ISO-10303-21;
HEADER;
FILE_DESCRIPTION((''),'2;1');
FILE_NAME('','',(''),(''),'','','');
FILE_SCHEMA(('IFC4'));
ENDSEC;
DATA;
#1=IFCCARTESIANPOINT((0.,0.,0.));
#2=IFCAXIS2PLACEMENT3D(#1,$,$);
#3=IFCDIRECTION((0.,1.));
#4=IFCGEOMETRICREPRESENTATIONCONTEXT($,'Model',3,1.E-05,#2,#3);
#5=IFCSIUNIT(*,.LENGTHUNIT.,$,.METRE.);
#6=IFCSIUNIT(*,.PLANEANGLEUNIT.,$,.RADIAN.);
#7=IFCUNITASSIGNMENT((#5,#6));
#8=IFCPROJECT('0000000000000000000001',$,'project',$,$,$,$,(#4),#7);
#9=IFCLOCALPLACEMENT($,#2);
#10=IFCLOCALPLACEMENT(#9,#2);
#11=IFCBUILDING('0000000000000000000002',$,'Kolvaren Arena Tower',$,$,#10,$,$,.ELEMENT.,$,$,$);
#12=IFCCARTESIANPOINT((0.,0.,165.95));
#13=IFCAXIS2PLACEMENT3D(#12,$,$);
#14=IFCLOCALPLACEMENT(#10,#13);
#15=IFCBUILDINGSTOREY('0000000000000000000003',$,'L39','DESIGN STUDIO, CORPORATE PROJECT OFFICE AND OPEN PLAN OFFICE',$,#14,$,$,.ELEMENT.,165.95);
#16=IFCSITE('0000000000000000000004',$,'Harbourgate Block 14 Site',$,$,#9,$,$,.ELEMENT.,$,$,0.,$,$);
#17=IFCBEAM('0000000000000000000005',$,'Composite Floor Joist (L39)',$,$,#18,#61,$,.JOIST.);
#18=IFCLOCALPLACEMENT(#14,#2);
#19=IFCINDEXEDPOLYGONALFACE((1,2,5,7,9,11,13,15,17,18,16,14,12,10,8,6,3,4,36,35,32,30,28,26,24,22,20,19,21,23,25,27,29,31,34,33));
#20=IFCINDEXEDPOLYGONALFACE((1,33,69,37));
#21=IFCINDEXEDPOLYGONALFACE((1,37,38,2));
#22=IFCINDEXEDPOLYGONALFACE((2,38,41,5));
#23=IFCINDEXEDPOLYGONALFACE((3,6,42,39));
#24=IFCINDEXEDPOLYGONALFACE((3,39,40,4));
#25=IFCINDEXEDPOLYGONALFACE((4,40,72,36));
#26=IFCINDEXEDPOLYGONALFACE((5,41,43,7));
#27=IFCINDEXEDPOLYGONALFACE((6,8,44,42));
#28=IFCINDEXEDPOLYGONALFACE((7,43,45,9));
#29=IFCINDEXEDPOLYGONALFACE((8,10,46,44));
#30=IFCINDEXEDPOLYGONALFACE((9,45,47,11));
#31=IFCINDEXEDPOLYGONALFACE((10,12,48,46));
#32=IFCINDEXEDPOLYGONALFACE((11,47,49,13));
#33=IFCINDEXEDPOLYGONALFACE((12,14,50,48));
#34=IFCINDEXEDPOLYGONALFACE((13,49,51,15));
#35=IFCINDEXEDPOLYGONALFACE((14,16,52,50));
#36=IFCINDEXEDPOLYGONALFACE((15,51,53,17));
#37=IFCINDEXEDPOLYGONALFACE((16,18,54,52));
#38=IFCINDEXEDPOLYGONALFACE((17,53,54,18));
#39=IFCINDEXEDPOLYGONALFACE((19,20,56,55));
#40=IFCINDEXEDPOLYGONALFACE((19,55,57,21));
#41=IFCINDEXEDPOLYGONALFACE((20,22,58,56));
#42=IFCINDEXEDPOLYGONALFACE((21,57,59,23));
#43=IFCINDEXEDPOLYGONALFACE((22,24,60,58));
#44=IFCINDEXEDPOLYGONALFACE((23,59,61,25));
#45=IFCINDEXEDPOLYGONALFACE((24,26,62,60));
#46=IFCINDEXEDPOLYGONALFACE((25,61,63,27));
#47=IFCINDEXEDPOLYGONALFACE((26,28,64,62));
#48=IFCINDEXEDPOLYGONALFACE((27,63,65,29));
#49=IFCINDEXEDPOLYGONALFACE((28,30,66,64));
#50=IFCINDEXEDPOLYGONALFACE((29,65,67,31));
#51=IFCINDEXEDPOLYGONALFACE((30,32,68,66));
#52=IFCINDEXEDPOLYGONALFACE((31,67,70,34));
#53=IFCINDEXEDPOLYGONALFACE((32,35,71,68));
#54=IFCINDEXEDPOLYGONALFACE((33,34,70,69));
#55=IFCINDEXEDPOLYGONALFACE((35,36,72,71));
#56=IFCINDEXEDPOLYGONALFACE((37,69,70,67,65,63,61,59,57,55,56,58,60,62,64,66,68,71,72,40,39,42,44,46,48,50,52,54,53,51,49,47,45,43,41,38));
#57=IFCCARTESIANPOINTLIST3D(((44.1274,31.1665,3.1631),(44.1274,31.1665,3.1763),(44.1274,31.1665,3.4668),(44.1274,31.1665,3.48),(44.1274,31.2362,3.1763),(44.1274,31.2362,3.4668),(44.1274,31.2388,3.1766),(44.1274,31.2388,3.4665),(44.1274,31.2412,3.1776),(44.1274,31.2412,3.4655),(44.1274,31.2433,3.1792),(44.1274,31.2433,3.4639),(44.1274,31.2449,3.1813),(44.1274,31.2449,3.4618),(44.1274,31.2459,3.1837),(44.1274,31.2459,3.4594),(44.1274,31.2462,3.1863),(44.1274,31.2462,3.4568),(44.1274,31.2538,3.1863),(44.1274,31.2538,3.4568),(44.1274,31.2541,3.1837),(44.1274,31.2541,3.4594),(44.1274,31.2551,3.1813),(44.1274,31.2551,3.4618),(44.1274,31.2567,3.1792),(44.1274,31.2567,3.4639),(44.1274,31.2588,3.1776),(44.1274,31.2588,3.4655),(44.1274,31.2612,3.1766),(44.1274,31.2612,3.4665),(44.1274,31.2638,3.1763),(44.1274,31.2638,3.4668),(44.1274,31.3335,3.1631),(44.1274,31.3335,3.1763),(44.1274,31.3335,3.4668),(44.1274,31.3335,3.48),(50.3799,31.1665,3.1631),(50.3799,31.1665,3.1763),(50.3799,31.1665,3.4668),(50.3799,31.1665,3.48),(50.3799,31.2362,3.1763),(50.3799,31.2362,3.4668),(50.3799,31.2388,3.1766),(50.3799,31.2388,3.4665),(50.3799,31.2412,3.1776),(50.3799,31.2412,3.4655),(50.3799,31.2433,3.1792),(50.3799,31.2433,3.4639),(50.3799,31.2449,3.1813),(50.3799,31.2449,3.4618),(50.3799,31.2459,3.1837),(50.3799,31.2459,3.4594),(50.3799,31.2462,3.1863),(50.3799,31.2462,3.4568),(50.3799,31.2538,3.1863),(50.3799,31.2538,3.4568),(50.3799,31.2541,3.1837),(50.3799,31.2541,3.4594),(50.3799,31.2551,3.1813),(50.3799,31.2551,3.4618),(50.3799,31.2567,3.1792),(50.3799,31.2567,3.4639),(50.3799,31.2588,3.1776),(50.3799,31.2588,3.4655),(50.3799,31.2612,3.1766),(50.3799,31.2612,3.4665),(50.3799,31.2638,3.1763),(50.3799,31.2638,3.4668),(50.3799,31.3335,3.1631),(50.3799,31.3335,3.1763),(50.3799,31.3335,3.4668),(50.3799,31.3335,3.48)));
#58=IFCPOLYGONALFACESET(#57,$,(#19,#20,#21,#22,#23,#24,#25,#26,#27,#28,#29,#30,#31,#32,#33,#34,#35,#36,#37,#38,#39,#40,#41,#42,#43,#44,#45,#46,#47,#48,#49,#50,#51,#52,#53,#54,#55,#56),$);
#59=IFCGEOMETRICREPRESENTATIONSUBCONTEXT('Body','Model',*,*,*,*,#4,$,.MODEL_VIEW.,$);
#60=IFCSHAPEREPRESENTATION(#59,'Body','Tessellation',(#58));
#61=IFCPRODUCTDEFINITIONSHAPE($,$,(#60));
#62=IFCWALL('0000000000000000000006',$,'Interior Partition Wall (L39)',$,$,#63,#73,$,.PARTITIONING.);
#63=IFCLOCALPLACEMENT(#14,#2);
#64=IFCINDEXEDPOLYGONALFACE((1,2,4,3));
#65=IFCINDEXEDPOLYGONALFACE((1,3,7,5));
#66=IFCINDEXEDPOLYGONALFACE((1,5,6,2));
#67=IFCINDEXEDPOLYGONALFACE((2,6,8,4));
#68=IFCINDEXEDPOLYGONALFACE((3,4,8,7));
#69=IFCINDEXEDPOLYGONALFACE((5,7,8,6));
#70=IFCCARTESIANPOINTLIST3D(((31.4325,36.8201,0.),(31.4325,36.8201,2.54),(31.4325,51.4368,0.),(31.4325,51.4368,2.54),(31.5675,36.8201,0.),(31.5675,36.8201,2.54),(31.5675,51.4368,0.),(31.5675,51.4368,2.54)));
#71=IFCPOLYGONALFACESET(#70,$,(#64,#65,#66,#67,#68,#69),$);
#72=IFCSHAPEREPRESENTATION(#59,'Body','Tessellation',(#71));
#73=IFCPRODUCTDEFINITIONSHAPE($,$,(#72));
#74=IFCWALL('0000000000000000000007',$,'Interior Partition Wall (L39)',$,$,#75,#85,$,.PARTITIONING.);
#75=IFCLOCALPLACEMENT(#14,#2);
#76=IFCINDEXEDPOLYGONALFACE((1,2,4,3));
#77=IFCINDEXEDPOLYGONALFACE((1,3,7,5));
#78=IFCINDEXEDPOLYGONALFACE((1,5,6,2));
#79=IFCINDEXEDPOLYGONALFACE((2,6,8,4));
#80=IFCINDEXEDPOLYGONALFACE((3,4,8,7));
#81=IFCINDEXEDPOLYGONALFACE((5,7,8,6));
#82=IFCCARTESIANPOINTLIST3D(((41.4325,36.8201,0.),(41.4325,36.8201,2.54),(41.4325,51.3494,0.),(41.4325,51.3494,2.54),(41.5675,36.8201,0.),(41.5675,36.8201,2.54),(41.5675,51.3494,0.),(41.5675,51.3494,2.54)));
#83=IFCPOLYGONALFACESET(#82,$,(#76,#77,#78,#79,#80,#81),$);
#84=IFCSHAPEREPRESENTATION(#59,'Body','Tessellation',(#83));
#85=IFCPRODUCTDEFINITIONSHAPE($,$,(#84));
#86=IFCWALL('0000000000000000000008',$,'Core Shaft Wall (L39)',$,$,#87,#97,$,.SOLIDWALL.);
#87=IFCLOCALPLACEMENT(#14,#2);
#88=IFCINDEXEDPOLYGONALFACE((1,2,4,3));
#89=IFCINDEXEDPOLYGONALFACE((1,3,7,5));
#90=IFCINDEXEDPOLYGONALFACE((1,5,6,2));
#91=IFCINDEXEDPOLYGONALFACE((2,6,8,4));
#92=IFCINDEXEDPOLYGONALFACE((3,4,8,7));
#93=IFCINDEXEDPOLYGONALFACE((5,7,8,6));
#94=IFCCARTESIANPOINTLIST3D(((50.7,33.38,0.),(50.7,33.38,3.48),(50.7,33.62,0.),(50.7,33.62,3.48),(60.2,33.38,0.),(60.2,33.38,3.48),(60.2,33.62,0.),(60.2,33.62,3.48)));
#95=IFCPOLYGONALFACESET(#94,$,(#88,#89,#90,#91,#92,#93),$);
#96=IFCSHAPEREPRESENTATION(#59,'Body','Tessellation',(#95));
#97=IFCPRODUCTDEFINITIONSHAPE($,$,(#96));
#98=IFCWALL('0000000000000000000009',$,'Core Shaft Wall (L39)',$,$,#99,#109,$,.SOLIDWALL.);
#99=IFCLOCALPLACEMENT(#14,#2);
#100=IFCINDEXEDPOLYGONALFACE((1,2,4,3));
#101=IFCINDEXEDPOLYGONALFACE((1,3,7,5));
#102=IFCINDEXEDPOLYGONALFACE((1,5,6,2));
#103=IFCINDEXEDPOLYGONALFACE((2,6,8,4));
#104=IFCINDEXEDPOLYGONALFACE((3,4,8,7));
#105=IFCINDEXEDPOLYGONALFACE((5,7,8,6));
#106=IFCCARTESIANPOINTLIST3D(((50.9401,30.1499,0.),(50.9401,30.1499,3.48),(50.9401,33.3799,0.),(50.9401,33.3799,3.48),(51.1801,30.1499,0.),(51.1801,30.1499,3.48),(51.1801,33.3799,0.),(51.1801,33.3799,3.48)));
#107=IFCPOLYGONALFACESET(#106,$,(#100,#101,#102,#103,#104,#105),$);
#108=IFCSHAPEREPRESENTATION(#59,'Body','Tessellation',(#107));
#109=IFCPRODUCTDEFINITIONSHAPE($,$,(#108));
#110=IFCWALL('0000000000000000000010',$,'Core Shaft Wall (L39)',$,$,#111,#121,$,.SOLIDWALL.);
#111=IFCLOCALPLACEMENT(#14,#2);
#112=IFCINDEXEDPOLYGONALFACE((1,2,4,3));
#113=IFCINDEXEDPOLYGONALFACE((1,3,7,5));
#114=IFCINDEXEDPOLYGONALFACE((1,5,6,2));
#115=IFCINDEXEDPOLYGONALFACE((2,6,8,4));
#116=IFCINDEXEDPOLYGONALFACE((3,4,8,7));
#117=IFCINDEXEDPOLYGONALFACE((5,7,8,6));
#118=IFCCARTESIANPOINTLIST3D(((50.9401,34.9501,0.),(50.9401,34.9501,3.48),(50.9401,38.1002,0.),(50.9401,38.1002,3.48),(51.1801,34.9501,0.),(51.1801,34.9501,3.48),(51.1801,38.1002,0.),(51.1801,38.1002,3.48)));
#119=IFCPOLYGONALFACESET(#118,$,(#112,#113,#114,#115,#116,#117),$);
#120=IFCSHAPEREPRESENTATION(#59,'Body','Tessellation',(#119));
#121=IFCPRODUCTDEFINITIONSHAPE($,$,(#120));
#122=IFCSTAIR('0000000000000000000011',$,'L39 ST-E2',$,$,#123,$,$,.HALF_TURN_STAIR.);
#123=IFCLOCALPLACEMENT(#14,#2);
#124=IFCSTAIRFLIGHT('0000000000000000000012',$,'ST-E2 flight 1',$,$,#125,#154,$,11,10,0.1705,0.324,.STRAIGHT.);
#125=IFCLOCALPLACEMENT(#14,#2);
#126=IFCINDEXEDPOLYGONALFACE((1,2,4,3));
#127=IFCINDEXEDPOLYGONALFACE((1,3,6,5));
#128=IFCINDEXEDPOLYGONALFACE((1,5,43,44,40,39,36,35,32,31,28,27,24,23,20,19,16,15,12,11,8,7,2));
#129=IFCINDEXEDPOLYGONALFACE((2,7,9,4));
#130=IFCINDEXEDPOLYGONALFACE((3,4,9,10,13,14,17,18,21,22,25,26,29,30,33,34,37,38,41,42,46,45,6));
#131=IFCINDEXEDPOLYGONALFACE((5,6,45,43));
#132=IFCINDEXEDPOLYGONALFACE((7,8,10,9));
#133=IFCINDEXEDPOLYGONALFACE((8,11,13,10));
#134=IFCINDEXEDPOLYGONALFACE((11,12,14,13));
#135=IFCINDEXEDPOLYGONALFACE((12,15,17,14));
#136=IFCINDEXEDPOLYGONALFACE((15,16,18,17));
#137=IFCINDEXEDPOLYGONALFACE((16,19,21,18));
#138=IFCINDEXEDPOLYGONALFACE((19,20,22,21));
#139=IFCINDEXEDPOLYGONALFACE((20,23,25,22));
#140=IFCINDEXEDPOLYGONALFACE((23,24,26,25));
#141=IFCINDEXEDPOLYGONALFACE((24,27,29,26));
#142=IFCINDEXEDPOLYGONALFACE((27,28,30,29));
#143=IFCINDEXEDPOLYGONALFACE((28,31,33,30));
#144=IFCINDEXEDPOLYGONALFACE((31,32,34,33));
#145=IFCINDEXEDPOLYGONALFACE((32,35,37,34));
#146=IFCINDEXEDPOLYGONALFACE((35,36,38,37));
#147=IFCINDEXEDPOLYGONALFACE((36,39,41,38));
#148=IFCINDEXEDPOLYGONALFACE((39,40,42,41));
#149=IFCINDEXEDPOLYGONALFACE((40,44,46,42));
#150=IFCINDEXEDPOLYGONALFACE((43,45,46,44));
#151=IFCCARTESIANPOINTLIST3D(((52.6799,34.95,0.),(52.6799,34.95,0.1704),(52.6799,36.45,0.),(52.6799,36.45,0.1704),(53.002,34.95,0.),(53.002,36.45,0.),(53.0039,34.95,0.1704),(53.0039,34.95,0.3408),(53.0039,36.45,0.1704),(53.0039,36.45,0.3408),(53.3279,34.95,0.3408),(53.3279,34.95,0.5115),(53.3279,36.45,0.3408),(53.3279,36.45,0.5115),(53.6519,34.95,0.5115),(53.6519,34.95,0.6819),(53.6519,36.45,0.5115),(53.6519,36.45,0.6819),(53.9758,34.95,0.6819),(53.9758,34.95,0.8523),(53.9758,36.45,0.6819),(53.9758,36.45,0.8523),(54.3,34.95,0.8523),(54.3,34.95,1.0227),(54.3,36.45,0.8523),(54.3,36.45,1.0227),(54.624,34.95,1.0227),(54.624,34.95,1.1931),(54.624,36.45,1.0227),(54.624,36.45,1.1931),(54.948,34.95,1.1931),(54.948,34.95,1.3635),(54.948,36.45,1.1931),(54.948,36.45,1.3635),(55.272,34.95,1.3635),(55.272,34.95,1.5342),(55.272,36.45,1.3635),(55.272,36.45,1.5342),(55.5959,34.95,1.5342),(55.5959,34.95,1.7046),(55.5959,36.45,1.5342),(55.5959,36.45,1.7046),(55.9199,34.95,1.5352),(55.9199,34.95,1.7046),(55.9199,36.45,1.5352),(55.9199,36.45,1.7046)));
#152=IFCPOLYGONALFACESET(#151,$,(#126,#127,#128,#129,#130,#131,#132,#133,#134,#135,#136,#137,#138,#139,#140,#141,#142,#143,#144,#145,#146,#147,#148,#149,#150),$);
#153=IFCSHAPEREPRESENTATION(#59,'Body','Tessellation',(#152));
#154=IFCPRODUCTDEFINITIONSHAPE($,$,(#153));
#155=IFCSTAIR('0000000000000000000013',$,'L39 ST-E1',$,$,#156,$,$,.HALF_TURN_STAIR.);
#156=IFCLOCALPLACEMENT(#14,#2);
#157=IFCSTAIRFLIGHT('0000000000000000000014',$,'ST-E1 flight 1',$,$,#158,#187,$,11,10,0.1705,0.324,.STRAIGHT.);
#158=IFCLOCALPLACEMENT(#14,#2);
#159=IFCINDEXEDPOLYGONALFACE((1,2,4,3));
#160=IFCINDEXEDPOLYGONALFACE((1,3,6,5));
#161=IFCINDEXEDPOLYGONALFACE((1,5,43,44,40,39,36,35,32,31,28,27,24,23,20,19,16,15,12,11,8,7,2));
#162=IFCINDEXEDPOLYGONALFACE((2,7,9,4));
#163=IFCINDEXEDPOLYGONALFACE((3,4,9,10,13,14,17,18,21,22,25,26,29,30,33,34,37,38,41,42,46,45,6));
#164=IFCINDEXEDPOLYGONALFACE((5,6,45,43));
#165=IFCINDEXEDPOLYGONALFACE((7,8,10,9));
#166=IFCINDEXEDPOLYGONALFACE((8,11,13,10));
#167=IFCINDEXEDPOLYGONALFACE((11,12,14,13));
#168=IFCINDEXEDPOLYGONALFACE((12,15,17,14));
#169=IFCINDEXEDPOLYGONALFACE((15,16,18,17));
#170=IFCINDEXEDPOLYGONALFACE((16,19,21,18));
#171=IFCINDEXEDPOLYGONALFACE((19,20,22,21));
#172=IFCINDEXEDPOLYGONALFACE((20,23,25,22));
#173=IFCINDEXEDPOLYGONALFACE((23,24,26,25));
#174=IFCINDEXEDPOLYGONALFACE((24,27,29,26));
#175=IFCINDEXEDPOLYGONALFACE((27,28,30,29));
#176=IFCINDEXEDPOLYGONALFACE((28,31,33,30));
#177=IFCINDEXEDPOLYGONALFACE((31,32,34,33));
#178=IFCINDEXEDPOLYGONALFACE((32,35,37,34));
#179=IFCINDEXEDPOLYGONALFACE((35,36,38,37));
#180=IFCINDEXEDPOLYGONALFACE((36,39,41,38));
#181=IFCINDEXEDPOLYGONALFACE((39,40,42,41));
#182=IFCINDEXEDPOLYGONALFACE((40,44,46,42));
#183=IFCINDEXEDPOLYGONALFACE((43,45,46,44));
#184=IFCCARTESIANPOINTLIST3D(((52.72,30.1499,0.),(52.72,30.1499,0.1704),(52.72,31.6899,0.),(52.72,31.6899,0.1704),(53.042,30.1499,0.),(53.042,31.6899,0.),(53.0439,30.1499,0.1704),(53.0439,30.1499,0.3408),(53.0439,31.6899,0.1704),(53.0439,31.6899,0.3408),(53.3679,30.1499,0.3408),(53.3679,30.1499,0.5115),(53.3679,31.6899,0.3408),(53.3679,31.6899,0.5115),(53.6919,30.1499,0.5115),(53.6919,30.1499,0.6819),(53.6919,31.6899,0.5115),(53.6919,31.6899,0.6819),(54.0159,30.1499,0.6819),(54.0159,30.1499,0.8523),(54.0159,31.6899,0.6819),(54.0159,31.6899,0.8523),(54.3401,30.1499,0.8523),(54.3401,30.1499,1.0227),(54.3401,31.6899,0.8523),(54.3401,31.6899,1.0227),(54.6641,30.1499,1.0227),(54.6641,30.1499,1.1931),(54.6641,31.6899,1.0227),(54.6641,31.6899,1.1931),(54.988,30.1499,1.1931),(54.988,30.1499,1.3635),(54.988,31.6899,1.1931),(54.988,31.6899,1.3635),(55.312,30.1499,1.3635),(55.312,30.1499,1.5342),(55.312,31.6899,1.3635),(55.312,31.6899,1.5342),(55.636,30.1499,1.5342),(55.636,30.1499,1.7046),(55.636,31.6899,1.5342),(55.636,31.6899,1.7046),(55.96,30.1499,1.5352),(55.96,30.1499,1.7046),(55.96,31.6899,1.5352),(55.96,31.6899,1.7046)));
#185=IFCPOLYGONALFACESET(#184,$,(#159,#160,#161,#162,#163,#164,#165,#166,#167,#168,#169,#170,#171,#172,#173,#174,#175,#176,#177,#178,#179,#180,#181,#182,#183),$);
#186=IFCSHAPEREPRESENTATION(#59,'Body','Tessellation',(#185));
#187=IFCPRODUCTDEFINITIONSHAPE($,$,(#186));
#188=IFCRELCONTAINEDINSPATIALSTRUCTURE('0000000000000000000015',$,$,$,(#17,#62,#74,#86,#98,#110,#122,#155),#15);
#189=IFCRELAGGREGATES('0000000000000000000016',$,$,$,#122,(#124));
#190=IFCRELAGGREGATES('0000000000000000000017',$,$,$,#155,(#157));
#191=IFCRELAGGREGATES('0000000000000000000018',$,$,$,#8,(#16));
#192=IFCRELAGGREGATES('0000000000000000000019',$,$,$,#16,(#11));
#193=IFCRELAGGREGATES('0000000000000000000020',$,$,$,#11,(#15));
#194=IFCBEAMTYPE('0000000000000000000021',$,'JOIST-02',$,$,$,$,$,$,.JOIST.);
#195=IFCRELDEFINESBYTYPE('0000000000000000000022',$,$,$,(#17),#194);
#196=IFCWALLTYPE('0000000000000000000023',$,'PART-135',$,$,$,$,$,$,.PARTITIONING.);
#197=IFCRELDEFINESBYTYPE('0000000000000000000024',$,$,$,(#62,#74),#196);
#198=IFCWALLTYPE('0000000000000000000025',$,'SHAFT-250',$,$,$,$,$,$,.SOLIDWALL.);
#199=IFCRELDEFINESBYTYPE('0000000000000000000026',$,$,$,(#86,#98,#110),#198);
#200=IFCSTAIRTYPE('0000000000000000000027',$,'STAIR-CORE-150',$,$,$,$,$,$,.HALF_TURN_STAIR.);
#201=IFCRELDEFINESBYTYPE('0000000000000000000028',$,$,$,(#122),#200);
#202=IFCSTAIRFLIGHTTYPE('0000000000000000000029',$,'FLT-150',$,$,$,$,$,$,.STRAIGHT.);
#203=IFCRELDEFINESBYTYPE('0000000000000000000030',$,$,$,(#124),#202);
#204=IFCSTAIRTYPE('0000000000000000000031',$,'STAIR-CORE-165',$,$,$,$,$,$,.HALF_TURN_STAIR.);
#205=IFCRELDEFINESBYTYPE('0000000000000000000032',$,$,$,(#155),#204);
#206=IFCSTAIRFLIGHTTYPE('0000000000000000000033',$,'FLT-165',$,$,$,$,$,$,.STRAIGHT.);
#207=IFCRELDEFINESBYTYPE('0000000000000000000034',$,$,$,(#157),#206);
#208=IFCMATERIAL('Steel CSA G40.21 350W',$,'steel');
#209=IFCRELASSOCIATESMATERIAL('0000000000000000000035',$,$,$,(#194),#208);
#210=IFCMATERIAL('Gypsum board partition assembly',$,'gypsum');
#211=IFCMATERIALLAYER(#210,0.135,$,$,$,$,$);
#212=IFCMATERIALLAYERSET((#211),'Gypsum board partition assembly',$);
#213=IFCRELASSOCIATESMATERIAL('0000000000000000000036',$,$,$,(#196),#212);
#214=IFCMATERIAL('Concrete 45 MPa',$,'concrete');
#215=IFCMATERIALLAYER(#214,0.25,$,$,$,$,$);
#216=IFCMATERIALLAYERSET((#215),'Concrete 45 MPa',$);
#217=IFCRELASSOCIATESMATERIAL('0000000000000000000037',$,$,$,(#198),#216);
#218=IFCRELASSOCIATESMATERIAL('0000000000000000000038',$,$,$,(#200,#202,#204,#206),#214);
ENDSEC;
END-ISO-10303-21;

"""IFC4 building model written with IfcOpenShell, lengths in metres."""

from ifc_helpers import new_model, si_unit, direction, frame, frame_2d, origin, origin_2d, place, context, subcontext, project, spatial, polyline, rectangle, i_section, outline, extrude, material, layer, layer_set, material_profile, profile_set, type_object, element, aggregate, save


model = new_model("IFC4")

# Units and contexts
model_context = context("Model", 3, precision=1e-05, world=origin(), true_north=direction((0.0, 1.0)))
body_context = subcontext(model_context, "Body", "Model", "MODEL_VIEW")
ifc_project = project(units=[si_unit("LENGTHUNIT", "METRE"), si_unit("PLANEANGLEUNIT", "RADIAN")], contexts=[model_context])

# Site, building, storey
site_placement = place(None, origin())
site = spatial("IfcSite", under=ifc_project, at=site_placement, Name="Harbourgate Block 14 Site", CompositionType="ELEMENT", RefElevation=0.0)
building_placement = place(site_placement, origin())
building = spatial("IfcBuilding", under=site, at=building_placement, Name="Kolvaren Arena Tower", CompositionType="ELEMENT")
storey_placement = place(building_placement, frame((0.0, 0.0, 165.95)))
storey = spatial("IfcBuildingStorey", under=building, at=storey_placement, Name="L39", Description="DESIGN STUDIO, CORPORATE PROJECT OFFICE AND OPEN PLAN OFFICE", CompositionType="ELEMENT", Elevation=165.95)

# Beam
ifc_material_1 = material(Name="Steel CSA G40.21 350W", Category="steel")
ifc_material_profile_1 = material_profile(ifc_material_1, i_section(OverallWidth=0.167, OverallDepth=0.3169, WebThickness=0.0076, FlangeThickness=0.0132, FilletRadius=0.01, at=origin_2d()), Name="W310x52")
ifc_profile_set_1 = profile_set([ifc_material_profile_1], Name="Steel CSA G40.21 350W")
beam_type_1 = type_object("IfcBeamType", Name="JOIST-02", PredefinedType="JOIST", material=ifc_profile_set_1)
for number, where, z_axis, x_axis, name in (
    (1, (44.1274, 31.25, 3.3215), (1.0, 0.0, 0.0), (0.0, 1.0, 0.0), "Composite Floor Joist (L39)"),
):
    element("IfcBeam", number, at=place(storey_placement, frame(where, z_axis=z_axis, x_axis=x_axis)), inside=storey, type_object=beam_type_1, Name=name, PredefinedType="JOIST", context=body_context, shape_type="SweptSolid", body=[
        extrude(i_section(OverallWidth=0.167, OverallDepth=0.3169, WebThickness=0.0076, FlangeThickness=0.0132, FilletRadius=0.01, at=origin_2d()), origin(), (0.0, 0.0, 1.0), 6.2524),
    ])

# Walls
ifc_material_2 = material(Name="Gypsum board partition assembly", Category="gypsum")
ifc_layer_1 = layer(ifc_material_2, 0.135)
ifc_layer_set_1 = layer_set([ifc_layer_1], Name="Gypsum board partition assembly")
wall_type_1 = type_object("IfcWallType", Name="PART-135", PredefinedType="PARTITIONING", material=ifc_layer_set_1)
wall_1_placement = place(storey_placement, frame((31.5, 36.8201, 0.0), z_axis=(0.0, 0.0, 1.0), x_axis=(0.0, 1.0, 0.0)))
element("IfcWall", 2, at=wall_1_placement, inside=storey, type_object=wall_type_1, Name="Interior Partition Wall (L39)", PredefinedType="PARTITIONING", context=body_context, shape_type="SweptSolid", body=[
    extrude(rectangle(XDim=14.6167, YDim=0.135, at=frame_2d((7.3083, 0.0))), origin(), (0.0, 0.0, 1.0), 2.54),
])
wall_2_placement = place(storey_placement, frame((41.5, 36.8201, 0.0), z_axis=(0.0, 0.0, 1.0), x_axis=(0.0, 1.0, 0.0)))
element("IfcWall", 3, at=wall_2_placement, inside=storey, type_object=wall_type_1, Name="Interior Partition Wall (L39)", PredefinedType="PARTITIONING", context=body_context, shape_type="SweptSolid", body=[
    extrude(rectangle(XDim=14.5293, YDim=0.135, at=frame_2d((7.2646, 0.0))), origin(), (0.0, 0.0, 1.0), 2.54),
])
ifc_material_3 = material(Name="Concrete 45 MPa", Category="concrete")
ifc_layer_2 = layer(ifc_material_3, 0.25)
ifc_layer_set_2 = layer_set([ifc_layer_2], Name="Concrete 45 MPa")
wall_type_2 = type_object("IfcWallType", Name="SHAFT-250", PredefinedType="SOLIDWALL", material=ifc_layer_set_2)
wall_3_placement = place(storey_placement, frame((50.7, 33.5, 0.0), z_axis=(0.0, 0.0, 1.0), x_axis=(1.0, 0.0, 0.0)))
element("IfcWall", 4, at=wall_3_placement, inside=storey, type_object=wall_type_2, Name="Core Shaft Wall (L39)", PredefinedType="SOLIDWALL", context=body_context, shape_type="SweptSolid", body=[
    extrude(rectangle(XDim=9.5, YDim=0.24, at=frame_2d((4.75, 0.0))), origin(), (0.0, 0.0, 1.0), 3.48),
])
wall_4_placement = place(storey_placement, frame((51.0601, 30.1499, 0.0), z_axis=(0.0, 0.0, 1.0), x_axis=(0.0, 1.0, 0.0)))
element("IfcWall", 5, at=wall_4_placement, inside=storey, type_object=wall_type_2, Name="Core Shaft Wall (L39)", PredefinedType="SOLIDWALL", context=body_context, shape_type="SweptSolid", body=[
    extrude(rectangle(XDim=3.23, YDim=0.24, at=frame_2d((1.615, 0.0))), origin(), (0.0, 0.0, 1.0), 3.48),
])
wall_5_placement = place(storey_placement, frame((51.0601, 34.95, 0.0), z_axis=(0.0, 0.0, 1.0), x_axis=(0.0, 1.0, 0.0)))
element("IfcWall", 6, at=wall_5_placement, inside=storey, type_object=wall_type_2, Name="Core Shaft Wall (L39)", PredefinedType="SOLIDWALL", context=body_context, shape_type="SweptSolid", body=[
    extrude(rectangle(XDim=3.1501, YDim=0.24, at=frame_2d((1.5752, 0.0))), origin(), (0.0, 0.0, 1.0), 3.48),
])

# Stairs, stair flights
stair_type_1 = type_object("IfcStairType", Name="STAIR-CORE-150", PredefinedType="HALF_TURN_STAIR", material=ifc_material_3)
stair_1_placement = place(storey_placement, origin())
stair_1 = element("IfcStair", 7, at=stair_1_placement, inside=storey, type_object=stair_type_1, Name="L39 ST-E2", PredefinedType="HALF_TURN_STAIR")
stair_flight_type_1 = type_object("IfcStairFlightType", Name="FLT-150", PredefinedType="STRAIGHT", material=ifc_material_3)
stair_flight_1_placement = place(storey_placement, frame((52.6799, 35.7, 0.0), z_axis=(0.0, 0.0, 1.0), x_axis=(1.0, 0.0, 0.0)))
stair_flight_1 = element("IfcStairFlight", 8, at=stair_flight_1_placement, type_object=stair_flight_type_1, Name="ST-E2 flight 1", NumberOfRisers=11, NumberOfTreads=10, PredefinedType="STRAIGHT", RiserHeight=0.1705, TreadLength=0.324, context=body_context, shape_type="SweptSolid", body=[
    extrude(outline(polyline([(0.0, 0.0), (0.0, 0.1704), (0.324, 0.1704), (0.324, 0.3408), (0.6479, 0.3408), (0.6479, 0.5115), (0.9719, 0.5115), (0.9719, 0.6819), (1.2959, 0.6819), (1.2959, 0.8523), (1.6201, 0.8523), (1.6201, 1.0227), (1.9441, 1.0227), (1.9441, 1.1931), (2.2681, 1.1931), (2.2681, 1.3635), (2.592, 1.3635), (2.592, 1.5342), (2.916, 1.5342), (2.916, 1.7046), (3.24, 1.7046), (3.24, 1.875), (3.24, 1.5352), (0.322, 0.0), (0.0, 0.0)])), frame((0.0, 0.75, 0.0), z_axis=(0.0, -1.0, 0.0), x_axis=(1.0, 0.0, 0.0)), (0.0, 0.0, 1.0), 1.5),
])
aggregate(stair_1, [stair_flight_1])
stair_type_2 = type_object("IfcStairType", Name="STAIR-CORE-165", PredefinedType="HALF_TURN_STAIR", material=ifc_material_3)
stair_2_placement = place(storey_placement, origin())
stair_2 = element("IfcStair", 9, at=stair_2_placement, inside=storey, type_object=stair_type_2, Name="L39 ST-E1", PredefinedType="HALF_TURN_STAIR")
stair_flight_type_2 = type_object("IfcStairFlightType", Name="FLT-165", PredefinedType="STRAIGHT", material=ifc_material_3)
stair_flight_2_placement = place(storey_placement, frame((52.72, 30.9199, 0.0), z_axis=(0.0, 0.0, 1.0), x_axis=(1.0, 0.0, 0.0)))
stair_flight_2 = element("IfcStairFlight", 10, at=stair_flight_2_placement, type_object=stair_flight_type_2, Name="ST-E1 flight 1", NumberOfRisers=11, NumberOfTreads=10, PredefinedType="STRAIGHT", RiserHeight=0.1705, TreadLength=0.324, context=body_context, shape_type="SweptSolid", body=[
    extrude(outline(polyline([(0.0, 0.0), (0.0, 0.1704), (0.324, 0.1704), (0.324, 0.3408), (0.6479, 0.3408), (0.6479, 0.5115), (0.9719, 0.5115), (0.9719, 0.6819), (1.2959, 0.6819), (1.2959, 0.8523), (1.6201, 0.8523), (1.6201, 1.0227), (1.9441, 1.0227), (1.9441, 1.1931), (2.2681, 1.1931), (2.2681, 1.3635), (2.592, 1.3635), (2.592, 1.5342), (2.916, 1.5342), (2.916, 1.7046), (3.24, 1.7046), (3.24, 1.875), (3.24, 1.5352), (0.322, 0.0), (0.0, 0.0)])), frame((0.0, 0.77, 0.0), z_axis=(0.0, -1.0, 0.0), x_axis=(1.0, 0.0, 0.0)), (0.0, 0.0, 1.0), 1.54),
])
aggregate(stair_2, [stair_flight_2])

save(model, "model.ifc")
